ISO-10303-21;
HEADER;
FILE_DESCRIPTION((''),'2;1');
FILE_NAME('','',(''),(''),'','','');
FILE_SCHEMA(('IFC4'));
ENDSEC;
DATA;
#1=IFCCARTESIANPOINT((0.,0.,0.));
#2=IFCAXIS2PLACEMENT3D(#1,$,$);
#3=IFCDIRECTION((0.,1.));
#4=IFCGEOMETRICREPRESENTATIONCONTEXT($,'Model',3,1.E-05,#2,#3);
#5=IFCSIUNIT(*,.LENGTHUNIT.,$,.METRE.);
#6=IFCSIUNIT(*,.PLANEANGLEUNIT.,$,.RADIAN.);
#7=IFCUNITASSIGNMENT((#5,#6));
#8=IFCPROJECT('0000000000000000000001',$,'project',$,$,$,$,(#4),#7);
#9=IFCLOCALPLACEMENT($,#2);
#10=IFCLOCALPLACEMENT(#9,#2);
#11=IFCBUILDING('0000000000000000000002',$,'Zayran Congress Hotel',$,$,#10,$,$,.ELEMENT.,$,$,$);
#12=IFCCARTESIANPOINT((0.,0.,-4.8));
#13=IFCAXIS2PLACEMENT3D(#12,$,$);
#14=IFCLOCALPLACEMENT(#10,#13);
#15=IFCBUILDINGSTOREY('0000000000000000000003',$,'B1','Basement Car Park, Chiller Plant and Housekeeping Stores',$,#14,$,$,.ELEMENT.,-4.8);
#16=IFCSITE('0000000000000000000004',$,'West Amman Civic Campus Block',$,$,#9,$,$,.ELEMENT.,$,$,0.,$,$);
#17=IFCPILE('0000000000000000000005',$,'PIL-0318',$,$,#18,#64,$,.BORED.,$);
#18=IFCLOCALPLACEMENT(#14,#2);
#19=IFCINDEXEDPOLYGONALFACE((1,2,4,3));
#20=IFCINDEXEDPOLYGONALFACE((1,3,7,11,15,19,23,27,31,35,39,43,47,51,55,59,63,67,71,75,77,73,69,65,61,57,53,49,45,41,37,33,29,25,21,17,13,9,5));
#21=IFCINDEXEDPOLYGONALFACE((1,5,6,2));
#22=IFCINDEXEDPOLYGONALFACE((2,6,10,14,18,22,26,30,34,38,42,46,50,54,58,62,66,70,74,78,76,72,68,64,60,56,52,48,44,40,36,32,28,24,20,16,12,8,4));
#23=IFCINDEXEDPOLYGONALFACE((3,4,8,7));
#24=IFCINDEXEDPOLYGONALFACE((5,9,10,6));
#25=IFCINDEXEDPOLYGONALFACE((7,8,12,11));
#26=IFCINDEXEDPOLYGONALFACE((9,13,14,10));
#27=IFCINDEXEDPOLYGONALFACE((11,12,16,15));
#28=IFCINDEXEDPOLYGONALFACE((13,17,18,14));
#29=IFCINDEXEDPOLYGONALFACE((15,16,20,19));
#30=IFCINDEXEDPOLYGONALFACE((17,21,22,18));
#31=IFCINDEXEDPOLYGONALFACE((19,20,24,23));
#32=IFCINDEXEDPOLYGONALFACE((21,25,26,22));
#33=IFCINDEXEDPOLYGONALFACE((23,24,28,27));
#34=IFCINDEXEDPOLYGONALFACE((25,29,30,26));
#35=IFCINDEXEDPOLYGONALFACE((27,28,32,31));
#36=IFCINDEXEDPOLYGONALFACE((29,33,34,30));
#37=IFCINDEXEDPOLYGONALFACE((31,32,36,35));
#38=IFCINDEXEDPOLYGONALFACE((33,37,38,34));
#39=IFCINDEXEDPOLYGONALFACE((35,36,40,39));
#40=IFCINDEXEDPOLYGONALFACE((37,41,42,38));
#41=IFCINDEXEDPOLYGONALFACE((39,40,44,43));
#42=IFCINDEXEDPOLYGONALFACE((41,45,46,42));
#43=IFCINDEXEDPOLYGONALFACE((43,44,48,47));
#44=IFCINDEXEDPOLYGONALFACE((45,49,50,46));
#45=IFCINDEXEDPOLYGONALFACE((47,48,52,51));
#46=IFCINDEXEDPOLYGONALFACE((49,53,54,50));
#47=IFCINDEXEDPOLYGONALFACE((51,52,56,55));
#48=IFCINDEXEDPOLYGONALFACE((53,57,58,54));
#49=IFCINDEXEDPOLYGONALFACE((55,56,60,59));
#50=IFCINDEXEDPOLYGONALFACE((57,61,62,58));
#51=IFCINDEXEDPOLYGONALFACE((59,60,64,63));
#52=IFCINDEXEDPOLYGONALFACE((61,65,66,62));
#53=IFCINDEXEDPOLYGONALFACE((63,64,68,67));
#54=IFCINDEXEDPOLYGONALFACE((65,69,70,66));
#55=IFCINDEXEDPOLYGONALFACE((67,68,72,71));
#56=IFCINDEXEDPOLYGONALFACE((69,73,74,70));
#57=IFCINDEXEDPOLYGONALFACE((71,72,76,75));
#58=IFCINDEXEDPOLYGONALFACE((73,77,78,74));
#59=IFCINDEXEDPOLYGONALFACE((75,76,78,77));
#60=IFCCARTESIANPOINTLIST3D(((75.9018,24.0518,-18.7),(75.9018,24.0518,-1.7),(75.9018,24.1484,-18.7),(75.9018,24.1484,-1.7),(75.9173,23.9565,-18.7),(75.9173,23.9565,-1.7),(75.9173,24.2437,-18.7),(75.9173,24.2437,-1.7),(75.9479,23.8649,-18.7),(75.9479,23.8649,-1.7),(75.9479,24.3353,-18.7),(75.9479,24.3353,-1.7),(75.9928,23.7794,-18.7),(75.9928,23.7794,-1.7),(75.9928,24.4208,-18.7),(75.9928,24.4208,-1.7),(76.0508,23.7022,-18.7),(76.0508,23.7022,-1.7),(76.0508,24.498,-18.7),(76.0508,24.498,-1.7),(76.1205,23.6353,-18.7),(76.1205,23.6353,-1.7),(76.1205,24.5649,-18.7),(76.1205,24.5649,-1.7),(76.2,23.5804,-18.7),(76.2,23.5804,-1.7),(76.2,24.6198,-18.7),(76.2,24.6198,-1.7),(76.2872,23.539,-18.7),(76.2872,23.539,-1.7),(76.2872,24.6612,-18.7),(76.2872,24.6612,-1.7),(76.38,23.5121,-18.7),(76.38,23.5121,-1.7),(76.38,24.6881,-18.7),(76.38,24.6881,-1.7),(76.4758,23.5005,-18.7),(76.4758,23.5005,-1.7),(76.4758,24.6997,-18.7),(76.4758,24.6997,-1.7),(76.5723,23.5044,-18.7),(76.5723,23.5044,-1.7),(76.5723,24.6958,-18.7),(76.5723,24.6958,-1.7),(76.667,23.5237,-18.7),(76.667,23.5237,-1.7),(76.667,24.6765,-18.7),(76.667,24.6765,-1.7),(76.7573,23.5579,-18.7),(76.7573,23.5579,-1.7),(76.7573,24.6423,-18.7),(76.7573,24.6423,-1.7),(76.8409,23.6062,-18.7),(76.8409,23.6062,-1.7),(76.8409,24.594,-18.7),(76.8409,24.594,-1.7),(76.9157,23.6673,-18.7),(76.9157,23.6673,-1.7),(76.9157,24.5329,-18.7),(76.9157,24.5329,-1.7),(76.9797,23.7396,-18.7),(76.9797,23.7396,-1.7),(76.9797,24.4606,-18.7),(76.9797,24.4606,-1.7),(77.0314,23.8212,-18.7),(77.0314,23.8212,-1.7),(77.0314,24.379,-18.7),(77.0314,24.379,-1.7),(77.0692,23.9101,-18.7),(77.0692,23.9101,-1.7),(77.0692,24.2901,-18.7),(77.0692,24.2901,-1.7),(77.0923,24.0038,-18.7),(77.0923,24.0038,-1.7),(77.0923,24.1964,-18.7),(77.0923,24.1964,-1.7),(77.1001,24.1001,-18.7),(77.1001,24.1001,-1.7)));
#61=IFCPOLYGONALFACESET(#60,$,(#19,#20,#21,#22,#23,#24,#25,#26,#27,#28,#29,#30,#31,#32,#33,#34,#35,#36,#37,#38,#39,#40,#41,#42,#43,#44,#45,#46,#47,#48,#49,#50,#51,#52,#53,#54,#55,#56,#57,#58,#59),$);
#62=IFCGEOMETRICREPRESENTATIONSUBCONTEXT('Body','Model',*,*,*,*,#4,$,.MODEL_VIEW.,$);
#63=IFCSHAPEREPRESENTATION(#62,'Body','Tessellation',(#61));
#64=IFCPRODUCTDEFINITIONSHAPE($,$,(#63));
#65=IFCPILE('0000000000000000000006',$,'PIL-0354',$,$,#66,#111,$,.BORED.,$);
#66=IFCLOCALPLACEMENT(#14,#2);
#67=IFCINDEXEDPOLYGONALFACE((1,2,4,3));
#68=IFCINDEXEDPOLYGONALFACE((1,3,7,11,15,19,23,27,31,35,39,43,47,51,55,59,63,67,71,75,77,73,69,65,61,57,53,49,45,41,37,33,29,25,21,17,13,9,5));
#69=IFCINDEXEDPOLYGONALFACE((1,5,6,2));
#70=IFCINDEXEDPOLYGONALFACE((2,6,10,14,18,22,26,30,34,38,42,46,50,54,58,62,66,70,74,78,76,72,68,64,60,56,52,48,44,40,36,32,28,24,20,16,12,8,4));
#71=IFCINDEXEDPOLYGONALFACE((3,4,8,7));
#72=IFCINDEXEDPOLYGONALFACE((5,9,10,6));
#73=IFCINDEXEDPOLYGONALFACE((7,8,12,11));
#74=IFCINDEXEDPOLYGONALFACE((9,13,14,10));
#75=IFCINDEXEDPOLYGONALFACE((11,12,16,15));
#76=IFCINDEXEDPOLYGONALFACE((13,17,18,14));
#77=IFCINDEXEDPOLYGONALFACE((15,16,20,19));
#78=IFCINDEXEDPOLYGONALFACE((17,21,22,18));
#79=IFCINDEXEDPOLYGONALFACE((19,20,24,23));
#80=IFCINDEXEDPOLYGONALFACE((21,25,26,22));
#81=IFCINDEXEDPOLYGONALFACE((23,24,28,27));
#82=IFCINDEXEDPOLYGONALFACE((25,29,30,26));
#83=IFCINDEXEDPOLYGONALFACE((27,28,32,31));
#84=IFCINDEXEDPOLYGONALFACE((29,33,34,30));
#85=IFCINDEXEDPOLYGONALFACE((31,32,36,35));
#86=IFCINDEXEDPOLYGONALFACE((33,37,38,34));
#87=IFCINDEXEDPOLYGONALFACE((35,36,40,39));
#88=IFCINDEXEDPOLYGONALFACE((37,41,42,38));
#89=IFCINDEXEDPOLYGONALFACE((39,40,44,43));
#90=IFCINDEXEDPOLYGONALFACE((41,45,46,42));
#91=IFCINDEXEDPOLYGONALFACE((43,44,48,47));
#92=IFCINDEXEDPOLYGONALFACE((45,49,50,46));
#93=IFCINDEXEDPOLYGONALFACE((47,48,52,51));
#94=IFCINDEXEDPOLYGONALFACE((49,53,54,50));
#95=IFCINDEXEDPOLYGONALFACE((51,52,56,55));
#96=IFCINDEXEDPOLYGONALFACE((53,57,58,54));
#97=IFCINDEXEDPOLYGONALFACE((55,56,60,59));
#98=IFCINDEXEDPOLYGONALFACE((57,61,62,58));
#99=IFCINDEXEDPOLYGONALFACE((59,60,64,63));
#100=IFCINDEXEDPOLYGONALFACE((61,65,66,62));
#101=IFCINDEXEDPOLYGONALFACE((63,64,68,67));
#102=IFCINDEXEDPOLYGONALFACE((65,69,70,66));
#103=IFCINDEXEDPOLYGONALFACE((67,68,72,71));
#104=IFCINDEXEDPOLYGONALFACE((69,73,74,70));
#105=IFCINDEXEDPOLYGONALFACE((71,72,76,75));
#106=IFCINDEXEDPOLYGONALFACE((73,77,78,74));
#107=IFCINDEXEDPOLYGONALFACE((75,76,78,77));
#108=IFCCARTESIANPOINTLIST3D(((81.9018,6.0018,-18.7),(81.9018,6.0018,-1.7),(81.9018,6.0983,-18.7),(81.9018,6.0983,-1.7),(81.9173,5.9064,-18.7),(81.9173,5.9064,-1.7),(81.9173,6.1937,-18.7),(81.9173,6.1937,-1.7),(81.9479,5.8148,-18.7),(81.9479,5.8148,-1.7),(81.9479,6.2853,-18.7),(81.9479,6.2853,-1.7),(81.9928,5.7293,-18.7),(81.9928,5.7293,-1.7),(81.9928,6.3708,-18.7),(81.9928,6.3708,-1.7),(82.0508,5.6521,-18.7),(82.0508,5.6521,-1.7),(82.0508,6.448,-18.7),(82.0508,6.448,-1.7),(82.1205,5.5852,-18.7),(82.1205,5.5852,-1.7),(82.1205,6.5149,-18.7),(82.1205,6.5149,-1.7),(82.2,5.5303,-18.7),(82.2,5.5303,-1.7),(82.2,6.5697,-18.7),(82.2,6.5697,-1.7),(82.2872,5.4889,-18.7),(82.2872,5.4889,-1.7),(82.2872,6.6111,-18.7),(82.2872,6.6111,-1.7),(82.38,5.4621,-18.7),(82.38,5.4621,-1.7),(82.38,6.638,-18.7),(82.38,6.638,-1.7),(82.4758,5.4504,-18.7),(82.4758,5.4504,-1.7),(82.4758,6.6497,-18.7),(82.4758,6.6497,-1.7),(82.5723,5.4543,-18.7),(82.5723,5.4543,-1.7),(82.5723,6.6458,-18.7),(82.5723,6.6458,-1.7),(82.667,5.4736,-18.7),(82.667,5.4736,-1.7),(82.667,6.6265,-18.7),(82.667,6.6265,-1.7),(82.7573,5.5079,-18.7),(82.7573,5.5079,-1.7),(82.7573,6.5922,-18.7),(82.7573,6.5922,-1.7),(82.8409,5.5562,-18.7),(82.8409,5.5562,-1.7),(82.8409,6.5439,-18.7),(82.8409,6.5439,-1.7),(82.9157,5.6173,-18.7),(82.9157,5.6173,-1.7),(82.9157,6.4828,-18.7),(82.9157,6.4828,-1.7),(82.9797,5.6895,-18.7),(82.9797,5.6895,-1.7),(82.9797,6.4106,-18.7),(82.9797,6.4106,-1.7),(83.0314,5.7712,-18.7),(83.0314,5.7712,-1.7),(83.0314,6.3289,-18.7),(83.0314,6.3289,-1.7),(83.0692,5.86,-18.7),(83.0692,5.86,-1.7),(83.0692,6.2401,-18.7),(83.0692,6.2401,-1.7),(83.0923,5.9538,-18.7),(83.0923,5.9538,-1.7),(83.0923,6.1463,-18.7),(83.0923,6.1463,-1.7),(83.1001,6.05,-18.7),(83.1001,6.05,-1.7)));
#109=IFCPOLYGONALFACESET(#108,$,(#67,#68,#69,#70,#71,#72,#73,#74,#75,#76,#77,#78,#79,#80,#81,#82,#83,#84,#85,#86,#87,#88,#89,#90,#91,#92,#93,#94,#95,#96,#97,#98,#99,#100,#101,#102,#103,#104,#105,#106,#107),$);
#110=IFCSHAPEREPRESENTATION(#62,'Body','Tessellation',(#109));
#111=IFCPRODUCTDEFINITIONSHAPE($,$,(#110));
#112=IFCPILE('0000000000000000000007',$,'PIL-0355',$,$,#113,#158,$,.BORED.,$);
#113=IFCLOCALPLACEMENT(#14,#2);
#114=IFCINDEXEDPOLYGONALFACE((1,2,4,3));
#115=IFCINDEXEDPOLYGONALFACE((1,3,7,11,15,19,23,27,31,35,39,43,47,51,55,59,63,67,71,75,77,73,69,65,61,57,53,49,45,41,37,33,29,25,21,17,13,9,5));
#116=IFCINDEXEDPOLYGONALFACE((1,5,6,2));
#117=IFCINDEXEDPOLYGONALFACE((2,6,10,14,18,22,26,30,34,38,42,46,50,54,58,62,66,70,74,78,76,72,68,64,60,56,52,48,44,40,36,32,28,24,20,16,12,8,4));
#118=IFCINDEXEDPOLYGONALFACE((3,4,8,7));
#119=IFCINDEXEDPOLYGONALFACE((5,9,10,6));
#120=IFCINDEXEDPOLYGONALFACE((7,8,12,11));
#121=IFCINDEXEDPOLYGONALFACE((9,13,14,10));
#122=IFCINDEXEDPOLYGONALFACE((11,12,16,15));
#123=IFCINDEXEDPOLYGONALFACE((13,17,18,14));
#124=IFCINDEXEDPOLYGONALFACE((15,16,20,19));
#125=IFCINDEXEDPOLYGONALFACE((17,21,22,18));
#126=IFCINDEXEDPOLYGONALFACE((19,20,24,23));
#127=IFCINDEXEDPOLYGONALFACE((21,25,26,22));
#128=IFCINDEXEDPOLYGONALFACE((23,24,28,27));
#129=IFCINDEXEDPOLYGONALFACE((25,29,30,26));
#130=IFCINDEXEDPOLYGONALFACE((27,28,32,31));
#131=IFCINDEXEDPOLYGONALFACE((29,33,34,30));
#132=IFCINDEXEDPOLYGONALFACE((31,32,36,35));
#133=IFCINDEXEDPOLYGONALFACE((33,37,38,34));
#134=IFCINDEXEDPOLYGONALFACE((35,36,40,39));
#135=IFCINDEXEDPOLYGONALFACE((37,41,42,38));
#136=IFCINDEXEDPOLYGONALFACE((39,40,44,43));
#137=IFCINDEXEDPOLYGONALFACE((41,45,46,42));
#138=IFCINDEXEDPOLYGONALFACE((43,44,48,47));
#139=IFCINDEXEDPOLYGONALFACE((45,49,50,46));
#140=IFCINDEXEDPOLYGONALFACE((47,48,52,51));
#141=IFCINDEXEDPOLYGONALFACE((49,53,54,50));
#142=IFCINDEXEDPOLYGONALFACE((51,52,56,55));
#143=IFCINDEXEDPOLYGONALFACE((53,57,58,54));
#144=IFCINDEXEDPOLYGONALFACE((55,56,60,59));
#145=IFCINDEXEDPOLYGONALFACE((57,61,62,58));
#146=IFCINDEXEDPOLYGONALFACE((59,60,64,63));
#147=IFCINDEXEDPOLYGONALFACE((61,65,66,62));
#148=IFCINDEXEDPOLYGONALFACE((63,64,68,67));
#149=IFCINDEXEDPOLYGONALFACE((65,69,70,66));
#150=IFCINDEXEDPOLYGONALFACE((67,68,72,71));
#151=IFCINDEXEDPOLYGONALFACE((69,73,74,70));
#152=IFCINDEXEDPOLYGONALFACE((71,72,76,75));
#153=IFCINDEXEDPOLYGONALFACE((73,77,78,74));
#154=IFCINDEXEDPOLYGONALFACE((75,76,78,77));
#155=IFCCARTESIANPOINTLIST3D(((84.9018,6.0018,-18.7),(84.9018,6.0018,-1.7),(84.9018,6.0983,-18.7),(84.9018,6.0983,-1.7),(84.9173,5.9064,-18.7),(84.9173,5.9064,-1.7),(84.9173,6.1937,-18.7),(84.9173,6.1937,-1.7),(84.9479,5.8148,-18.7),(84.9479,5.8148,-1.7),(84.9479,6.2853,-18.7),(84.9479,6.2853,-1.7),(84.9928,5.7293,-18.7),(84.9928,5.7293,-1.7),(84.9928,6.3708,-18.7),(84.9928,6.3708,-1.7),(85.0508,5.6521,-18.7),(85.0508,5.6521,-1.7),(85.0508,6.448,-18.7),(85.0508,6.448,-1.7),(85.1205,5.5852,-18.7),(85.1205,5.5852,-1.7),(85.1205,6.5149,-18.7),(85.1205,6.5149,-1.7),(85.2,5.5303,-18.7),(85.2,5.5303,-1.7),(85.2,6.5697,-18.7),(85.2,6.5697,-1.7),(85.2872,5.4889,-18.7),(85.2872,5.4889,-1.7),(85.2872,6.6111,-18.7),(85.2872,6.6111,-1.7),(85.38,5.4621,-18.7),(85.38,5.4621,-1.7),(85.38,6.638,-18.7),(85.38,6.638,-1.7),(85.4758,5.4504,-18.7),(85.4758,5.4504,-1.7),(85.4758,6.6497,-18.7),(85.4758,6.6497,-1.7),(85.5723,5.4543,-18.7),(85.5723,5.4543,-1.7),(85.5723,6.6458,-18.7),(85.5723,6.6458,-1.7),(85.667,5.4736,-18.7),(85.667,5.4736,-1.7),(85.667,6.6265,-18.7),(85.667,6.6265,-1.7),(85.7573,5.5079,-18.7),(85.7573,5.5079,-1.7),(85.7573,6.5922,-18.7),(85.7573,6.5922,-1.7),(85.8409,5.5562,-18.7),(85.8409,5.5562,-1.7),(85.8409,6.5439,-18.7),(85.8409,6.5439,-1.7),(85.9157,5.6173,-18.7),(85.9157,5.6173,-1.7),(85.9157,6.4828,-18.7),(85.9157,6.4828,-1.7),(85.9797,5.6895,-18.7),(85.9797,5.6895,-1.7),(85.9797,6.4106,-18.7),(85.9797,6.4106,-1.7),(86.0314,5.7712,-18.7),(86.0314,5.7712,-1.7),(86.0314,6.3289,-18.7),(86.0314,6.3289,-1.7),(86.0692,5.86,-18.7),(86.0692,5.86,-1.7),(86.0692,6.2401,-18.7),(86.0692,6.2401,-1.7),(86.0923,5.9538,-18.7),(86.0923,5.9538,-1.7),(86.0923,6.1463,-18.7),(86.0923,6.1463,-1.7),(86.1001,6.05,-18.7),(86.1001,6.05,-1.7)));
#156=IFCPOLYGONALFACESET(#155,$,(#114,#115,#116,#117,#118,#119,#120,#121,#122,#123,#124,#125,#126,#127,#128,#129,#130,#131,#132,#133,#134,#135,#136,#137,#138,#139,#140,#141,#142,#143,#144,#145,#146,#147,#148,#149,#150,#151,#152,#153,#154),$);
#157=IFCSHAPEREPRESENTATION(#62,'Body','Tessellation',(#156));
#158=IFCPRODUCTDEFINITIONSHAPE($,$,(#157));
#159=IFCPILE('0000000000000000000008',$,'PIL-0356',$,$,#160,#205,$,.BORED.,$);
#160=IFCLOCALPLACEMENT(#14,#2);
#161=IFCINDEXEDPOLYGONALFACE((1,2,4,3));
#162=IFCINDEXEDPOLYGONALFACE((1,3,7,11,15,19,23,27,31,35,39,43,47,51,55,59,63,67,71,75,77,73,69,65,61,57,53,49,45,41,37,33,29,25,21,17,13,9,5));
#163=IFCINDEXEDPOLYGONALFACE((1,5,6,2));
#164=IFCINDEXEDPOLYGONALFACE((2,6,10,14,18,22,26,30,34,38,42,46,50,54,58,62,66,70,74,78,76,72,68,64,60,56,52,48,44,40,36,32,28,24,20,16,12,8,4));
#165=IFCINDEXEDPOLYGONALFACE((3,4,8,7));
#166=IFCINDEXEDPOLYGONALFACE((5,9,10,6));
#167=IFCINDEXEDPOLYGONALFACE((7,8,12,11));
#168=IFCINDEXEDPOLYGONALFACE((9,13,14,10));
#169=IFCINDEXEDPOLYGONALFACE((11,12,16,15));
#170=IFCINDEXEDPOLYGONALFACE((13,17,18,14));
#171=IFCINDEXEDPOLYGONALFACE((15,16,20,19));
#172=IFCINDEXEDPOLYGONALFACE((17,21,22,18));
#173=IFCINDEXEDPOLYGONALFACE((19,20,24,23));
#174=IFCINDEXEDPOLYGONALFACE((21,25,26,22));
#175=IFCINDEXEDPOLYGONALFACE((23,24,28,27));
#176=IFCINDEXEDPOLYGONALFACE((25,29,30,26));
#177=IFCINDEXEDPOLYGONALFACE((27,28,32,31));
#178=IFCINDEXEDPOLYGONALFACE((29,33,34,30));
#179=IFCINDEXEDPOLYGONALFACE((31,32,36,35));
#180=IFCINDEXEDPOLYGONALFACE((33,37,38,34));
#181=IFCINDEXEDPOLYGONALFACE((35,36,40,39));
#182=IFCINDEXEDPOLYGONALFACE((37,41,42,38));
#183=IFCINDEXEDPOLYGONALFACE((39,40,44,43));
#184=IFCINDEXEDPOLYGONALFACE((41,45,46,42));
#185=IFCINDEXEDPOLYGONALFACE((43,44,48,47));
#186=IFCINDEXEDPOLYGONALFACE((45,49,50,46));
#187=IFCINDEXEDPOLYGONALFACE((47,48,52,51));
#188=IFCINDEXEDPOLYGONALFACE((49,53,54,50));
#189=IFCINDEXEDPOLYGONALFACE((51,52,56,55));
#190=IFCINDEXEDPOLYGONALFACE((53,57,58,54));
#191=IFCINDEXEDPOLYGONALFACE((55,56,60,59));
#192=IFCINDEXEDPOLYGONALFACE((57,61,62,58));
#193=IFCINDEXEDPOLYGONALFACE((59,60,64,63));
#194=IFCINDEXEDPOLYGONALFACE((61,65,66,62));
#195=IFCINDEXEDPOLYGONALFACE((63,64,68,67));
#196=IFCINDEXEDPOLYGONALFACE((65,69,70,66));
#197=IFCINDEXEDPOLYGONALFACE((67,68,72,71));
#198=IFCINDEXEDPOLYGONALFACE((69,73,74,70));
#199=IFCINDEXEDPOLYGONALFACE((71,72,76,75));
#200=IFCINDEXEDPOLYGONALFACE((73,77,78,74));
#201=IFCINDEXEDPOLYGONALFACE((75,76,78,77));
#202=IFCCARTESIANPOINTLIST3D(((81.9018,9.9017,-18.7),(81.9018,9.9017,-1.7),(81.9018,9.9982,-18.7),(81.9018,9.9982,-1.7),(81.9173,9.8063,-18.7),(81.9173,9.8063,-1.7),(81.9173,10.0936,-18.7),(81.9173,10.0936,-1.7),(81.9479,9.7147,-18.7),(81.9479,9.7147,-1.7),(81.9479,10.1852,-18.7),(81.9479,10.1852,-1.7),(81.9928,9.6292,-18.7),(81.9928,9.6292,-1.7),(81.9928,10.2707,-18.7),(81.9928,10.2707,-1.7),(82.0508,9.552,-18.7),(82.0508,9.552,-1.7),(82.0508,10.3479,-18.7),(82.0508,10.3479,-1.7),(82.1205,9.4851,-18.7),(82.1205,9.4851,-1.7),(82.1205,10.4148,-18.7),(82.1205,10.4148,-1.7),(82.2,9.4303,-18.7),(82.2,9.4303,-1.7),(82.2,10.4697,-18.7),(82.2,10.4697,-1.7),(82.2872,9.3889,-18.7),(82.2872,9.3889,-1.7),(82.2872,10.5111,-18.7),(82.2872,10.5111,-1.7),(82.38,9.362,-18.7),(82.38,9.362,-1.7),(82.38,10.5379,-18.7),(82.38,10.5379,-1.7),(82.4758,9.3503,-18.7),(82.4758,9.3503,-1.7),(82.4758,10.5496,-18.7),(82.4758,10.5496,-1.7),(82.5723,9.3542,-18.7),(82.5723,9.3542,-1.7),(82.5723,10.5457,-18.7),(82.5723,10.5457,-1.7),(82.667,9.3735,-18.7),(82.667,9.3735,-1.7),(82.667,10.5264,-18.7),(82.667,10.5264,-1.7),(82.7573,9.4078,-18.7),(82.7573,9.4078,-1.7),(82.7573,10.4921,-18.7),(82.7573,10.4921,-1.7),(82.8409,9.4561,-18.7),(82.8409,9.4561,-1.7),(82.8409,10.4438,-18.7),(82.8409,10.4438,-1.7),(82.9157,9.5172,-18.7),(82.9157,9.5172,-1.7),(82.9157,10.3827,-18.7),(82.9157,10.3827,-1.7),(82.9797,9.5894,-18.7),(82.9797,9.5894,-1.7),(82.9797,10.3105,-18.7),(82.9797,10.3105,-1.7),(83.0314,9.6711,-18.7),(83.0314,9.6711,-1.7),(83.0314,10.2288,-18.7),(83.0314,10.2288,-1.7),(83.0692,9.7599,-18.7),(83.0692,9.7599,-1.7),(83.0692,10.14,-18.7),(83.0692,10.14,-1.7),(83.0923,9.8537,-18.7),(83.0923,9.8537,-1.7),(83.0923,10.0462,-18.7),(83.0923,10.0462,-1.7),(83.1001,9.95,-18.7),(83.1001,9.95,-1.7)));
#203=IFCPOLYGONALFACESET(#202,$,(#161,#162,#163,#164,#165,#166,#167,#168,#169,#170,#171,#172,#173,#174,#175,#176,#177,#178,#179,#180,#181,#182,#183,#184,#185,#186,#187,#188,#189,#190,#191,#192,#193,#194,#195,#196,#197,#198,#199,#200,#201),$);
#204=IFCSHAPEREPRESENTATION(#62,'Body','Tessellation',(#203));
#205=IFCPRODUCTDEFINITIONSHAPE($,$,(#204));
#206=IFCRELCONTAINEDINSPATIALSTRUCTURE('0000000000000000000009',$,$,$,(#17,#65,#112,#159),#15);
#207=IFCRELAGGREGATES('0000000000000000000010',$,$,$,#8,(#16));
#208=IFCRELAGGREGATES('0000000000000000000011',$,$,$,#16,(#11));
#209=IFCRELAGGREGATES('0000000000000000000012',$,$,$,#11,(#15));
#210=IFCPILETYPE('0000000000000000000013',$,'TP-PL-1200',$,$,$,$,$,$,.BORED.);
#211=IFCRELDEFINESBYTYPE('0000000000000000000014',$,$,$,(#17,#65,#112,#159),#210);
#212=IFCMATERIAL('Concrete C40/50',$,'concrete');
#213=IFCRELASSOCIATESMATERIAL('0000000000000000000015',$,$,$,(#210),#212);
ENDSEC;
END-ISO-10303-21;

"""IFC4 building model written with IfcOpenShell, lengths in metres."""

from ifc_helpers import new_model, si_unit, direction, frame, origin, origin_2d, place, context, subcontext, project, spatial, circle, extrude, material, material_profile, profile_set, type_object, element, save


model = new_model("IFC4")

# Units and contexts
model_context = context("Model", 3, precision=1e-05, world=origin(), true_north=direction((0.0, 1.0)))
body_context = subcontext(model_context, "Body", "Model", "MODEL_VIEW")
ifc_project = project(units=[si_unit("LENGTHUNIT", "METRE"), si_unit("PLANEANGLEUNIT", "RADIAN")], contexts=[model_context])

# Site, building, storey
site_placement = place(None, origin())
site = spatial("IfcSite", under=ifc_project, at=site_placement, Name="West Amman Civic Campus Block", CompositionType="ELEMENT", RefElevation=0.0)
building_placement = place(site_placement, origin())
building = spatial("IfcBuilding", under=site, at=building_placement, Name="Zayran Congress Hotel", CompositionType="ELEMENT")
storey_placement = place(building_placement, frame((0.0, 0.0, -4.8)))
storey = spatial("IfcBuildingStorey", under=building, at=storey_placement, Name="B1", Description="Basement Car Park, Chiller Plant and Housekeeping Stores", CompositionType="ELEMENT", Elevation=-4.8)

# Piles
ifc_material_1 = material(Name="Concrete C40/50", Category="concrete")
ifc_material_profile_1 = material_profile(ifc_material_1, circle(Radius=0.6001, at=origin_2d()), Name="PILE D1200")
ifc_profile_set_1 = profile_set([ifc_material_profile_1], Name="Concrete C40/50")
pile_type = type_object("IfcPileType", Name="TP-PL-1200", PredefinedType="BORED", material=ifc_profile_set_1)
for number, where, z_axis, x_axis, name in (
    (1, (76.5, 24.1001, -1.7), (0.0, 0.0, -1.0), (1.0, 0.0, 0.0), "PIL-0318"),
    (2, (82.5, 6.05, -1.7), (0.0, 0.0, -1.0), (1.0, 0.0, 0.0), "PIL-0354"),
    (3, (85.5, 6.05, -1.7), (0.0, 0.0, -1.0), (1.0, 0.0, 0.0), "PIL-0355"),
    (4, (82.5, 9.95, -1.7), (0.0, 0.0, -1.0), (1.0, 0.0, 0.0), "PIL-0356"),
):
    element("IfcPile", number, at=place(storey_placement, frame(where, z_axis=z_axis, x_axis=x_axis)), inside=storey, type_object=pile_type, Name=name, PredefinedType="BORED", context=body_context, shape_type="SweptSolid", body=[
        extrude(circle(Radius=0.6001, at=origin_2d()), origin(), (0.0, 0.0, 1.0), 17.0),
    ])

save(model, "model.ifc")
